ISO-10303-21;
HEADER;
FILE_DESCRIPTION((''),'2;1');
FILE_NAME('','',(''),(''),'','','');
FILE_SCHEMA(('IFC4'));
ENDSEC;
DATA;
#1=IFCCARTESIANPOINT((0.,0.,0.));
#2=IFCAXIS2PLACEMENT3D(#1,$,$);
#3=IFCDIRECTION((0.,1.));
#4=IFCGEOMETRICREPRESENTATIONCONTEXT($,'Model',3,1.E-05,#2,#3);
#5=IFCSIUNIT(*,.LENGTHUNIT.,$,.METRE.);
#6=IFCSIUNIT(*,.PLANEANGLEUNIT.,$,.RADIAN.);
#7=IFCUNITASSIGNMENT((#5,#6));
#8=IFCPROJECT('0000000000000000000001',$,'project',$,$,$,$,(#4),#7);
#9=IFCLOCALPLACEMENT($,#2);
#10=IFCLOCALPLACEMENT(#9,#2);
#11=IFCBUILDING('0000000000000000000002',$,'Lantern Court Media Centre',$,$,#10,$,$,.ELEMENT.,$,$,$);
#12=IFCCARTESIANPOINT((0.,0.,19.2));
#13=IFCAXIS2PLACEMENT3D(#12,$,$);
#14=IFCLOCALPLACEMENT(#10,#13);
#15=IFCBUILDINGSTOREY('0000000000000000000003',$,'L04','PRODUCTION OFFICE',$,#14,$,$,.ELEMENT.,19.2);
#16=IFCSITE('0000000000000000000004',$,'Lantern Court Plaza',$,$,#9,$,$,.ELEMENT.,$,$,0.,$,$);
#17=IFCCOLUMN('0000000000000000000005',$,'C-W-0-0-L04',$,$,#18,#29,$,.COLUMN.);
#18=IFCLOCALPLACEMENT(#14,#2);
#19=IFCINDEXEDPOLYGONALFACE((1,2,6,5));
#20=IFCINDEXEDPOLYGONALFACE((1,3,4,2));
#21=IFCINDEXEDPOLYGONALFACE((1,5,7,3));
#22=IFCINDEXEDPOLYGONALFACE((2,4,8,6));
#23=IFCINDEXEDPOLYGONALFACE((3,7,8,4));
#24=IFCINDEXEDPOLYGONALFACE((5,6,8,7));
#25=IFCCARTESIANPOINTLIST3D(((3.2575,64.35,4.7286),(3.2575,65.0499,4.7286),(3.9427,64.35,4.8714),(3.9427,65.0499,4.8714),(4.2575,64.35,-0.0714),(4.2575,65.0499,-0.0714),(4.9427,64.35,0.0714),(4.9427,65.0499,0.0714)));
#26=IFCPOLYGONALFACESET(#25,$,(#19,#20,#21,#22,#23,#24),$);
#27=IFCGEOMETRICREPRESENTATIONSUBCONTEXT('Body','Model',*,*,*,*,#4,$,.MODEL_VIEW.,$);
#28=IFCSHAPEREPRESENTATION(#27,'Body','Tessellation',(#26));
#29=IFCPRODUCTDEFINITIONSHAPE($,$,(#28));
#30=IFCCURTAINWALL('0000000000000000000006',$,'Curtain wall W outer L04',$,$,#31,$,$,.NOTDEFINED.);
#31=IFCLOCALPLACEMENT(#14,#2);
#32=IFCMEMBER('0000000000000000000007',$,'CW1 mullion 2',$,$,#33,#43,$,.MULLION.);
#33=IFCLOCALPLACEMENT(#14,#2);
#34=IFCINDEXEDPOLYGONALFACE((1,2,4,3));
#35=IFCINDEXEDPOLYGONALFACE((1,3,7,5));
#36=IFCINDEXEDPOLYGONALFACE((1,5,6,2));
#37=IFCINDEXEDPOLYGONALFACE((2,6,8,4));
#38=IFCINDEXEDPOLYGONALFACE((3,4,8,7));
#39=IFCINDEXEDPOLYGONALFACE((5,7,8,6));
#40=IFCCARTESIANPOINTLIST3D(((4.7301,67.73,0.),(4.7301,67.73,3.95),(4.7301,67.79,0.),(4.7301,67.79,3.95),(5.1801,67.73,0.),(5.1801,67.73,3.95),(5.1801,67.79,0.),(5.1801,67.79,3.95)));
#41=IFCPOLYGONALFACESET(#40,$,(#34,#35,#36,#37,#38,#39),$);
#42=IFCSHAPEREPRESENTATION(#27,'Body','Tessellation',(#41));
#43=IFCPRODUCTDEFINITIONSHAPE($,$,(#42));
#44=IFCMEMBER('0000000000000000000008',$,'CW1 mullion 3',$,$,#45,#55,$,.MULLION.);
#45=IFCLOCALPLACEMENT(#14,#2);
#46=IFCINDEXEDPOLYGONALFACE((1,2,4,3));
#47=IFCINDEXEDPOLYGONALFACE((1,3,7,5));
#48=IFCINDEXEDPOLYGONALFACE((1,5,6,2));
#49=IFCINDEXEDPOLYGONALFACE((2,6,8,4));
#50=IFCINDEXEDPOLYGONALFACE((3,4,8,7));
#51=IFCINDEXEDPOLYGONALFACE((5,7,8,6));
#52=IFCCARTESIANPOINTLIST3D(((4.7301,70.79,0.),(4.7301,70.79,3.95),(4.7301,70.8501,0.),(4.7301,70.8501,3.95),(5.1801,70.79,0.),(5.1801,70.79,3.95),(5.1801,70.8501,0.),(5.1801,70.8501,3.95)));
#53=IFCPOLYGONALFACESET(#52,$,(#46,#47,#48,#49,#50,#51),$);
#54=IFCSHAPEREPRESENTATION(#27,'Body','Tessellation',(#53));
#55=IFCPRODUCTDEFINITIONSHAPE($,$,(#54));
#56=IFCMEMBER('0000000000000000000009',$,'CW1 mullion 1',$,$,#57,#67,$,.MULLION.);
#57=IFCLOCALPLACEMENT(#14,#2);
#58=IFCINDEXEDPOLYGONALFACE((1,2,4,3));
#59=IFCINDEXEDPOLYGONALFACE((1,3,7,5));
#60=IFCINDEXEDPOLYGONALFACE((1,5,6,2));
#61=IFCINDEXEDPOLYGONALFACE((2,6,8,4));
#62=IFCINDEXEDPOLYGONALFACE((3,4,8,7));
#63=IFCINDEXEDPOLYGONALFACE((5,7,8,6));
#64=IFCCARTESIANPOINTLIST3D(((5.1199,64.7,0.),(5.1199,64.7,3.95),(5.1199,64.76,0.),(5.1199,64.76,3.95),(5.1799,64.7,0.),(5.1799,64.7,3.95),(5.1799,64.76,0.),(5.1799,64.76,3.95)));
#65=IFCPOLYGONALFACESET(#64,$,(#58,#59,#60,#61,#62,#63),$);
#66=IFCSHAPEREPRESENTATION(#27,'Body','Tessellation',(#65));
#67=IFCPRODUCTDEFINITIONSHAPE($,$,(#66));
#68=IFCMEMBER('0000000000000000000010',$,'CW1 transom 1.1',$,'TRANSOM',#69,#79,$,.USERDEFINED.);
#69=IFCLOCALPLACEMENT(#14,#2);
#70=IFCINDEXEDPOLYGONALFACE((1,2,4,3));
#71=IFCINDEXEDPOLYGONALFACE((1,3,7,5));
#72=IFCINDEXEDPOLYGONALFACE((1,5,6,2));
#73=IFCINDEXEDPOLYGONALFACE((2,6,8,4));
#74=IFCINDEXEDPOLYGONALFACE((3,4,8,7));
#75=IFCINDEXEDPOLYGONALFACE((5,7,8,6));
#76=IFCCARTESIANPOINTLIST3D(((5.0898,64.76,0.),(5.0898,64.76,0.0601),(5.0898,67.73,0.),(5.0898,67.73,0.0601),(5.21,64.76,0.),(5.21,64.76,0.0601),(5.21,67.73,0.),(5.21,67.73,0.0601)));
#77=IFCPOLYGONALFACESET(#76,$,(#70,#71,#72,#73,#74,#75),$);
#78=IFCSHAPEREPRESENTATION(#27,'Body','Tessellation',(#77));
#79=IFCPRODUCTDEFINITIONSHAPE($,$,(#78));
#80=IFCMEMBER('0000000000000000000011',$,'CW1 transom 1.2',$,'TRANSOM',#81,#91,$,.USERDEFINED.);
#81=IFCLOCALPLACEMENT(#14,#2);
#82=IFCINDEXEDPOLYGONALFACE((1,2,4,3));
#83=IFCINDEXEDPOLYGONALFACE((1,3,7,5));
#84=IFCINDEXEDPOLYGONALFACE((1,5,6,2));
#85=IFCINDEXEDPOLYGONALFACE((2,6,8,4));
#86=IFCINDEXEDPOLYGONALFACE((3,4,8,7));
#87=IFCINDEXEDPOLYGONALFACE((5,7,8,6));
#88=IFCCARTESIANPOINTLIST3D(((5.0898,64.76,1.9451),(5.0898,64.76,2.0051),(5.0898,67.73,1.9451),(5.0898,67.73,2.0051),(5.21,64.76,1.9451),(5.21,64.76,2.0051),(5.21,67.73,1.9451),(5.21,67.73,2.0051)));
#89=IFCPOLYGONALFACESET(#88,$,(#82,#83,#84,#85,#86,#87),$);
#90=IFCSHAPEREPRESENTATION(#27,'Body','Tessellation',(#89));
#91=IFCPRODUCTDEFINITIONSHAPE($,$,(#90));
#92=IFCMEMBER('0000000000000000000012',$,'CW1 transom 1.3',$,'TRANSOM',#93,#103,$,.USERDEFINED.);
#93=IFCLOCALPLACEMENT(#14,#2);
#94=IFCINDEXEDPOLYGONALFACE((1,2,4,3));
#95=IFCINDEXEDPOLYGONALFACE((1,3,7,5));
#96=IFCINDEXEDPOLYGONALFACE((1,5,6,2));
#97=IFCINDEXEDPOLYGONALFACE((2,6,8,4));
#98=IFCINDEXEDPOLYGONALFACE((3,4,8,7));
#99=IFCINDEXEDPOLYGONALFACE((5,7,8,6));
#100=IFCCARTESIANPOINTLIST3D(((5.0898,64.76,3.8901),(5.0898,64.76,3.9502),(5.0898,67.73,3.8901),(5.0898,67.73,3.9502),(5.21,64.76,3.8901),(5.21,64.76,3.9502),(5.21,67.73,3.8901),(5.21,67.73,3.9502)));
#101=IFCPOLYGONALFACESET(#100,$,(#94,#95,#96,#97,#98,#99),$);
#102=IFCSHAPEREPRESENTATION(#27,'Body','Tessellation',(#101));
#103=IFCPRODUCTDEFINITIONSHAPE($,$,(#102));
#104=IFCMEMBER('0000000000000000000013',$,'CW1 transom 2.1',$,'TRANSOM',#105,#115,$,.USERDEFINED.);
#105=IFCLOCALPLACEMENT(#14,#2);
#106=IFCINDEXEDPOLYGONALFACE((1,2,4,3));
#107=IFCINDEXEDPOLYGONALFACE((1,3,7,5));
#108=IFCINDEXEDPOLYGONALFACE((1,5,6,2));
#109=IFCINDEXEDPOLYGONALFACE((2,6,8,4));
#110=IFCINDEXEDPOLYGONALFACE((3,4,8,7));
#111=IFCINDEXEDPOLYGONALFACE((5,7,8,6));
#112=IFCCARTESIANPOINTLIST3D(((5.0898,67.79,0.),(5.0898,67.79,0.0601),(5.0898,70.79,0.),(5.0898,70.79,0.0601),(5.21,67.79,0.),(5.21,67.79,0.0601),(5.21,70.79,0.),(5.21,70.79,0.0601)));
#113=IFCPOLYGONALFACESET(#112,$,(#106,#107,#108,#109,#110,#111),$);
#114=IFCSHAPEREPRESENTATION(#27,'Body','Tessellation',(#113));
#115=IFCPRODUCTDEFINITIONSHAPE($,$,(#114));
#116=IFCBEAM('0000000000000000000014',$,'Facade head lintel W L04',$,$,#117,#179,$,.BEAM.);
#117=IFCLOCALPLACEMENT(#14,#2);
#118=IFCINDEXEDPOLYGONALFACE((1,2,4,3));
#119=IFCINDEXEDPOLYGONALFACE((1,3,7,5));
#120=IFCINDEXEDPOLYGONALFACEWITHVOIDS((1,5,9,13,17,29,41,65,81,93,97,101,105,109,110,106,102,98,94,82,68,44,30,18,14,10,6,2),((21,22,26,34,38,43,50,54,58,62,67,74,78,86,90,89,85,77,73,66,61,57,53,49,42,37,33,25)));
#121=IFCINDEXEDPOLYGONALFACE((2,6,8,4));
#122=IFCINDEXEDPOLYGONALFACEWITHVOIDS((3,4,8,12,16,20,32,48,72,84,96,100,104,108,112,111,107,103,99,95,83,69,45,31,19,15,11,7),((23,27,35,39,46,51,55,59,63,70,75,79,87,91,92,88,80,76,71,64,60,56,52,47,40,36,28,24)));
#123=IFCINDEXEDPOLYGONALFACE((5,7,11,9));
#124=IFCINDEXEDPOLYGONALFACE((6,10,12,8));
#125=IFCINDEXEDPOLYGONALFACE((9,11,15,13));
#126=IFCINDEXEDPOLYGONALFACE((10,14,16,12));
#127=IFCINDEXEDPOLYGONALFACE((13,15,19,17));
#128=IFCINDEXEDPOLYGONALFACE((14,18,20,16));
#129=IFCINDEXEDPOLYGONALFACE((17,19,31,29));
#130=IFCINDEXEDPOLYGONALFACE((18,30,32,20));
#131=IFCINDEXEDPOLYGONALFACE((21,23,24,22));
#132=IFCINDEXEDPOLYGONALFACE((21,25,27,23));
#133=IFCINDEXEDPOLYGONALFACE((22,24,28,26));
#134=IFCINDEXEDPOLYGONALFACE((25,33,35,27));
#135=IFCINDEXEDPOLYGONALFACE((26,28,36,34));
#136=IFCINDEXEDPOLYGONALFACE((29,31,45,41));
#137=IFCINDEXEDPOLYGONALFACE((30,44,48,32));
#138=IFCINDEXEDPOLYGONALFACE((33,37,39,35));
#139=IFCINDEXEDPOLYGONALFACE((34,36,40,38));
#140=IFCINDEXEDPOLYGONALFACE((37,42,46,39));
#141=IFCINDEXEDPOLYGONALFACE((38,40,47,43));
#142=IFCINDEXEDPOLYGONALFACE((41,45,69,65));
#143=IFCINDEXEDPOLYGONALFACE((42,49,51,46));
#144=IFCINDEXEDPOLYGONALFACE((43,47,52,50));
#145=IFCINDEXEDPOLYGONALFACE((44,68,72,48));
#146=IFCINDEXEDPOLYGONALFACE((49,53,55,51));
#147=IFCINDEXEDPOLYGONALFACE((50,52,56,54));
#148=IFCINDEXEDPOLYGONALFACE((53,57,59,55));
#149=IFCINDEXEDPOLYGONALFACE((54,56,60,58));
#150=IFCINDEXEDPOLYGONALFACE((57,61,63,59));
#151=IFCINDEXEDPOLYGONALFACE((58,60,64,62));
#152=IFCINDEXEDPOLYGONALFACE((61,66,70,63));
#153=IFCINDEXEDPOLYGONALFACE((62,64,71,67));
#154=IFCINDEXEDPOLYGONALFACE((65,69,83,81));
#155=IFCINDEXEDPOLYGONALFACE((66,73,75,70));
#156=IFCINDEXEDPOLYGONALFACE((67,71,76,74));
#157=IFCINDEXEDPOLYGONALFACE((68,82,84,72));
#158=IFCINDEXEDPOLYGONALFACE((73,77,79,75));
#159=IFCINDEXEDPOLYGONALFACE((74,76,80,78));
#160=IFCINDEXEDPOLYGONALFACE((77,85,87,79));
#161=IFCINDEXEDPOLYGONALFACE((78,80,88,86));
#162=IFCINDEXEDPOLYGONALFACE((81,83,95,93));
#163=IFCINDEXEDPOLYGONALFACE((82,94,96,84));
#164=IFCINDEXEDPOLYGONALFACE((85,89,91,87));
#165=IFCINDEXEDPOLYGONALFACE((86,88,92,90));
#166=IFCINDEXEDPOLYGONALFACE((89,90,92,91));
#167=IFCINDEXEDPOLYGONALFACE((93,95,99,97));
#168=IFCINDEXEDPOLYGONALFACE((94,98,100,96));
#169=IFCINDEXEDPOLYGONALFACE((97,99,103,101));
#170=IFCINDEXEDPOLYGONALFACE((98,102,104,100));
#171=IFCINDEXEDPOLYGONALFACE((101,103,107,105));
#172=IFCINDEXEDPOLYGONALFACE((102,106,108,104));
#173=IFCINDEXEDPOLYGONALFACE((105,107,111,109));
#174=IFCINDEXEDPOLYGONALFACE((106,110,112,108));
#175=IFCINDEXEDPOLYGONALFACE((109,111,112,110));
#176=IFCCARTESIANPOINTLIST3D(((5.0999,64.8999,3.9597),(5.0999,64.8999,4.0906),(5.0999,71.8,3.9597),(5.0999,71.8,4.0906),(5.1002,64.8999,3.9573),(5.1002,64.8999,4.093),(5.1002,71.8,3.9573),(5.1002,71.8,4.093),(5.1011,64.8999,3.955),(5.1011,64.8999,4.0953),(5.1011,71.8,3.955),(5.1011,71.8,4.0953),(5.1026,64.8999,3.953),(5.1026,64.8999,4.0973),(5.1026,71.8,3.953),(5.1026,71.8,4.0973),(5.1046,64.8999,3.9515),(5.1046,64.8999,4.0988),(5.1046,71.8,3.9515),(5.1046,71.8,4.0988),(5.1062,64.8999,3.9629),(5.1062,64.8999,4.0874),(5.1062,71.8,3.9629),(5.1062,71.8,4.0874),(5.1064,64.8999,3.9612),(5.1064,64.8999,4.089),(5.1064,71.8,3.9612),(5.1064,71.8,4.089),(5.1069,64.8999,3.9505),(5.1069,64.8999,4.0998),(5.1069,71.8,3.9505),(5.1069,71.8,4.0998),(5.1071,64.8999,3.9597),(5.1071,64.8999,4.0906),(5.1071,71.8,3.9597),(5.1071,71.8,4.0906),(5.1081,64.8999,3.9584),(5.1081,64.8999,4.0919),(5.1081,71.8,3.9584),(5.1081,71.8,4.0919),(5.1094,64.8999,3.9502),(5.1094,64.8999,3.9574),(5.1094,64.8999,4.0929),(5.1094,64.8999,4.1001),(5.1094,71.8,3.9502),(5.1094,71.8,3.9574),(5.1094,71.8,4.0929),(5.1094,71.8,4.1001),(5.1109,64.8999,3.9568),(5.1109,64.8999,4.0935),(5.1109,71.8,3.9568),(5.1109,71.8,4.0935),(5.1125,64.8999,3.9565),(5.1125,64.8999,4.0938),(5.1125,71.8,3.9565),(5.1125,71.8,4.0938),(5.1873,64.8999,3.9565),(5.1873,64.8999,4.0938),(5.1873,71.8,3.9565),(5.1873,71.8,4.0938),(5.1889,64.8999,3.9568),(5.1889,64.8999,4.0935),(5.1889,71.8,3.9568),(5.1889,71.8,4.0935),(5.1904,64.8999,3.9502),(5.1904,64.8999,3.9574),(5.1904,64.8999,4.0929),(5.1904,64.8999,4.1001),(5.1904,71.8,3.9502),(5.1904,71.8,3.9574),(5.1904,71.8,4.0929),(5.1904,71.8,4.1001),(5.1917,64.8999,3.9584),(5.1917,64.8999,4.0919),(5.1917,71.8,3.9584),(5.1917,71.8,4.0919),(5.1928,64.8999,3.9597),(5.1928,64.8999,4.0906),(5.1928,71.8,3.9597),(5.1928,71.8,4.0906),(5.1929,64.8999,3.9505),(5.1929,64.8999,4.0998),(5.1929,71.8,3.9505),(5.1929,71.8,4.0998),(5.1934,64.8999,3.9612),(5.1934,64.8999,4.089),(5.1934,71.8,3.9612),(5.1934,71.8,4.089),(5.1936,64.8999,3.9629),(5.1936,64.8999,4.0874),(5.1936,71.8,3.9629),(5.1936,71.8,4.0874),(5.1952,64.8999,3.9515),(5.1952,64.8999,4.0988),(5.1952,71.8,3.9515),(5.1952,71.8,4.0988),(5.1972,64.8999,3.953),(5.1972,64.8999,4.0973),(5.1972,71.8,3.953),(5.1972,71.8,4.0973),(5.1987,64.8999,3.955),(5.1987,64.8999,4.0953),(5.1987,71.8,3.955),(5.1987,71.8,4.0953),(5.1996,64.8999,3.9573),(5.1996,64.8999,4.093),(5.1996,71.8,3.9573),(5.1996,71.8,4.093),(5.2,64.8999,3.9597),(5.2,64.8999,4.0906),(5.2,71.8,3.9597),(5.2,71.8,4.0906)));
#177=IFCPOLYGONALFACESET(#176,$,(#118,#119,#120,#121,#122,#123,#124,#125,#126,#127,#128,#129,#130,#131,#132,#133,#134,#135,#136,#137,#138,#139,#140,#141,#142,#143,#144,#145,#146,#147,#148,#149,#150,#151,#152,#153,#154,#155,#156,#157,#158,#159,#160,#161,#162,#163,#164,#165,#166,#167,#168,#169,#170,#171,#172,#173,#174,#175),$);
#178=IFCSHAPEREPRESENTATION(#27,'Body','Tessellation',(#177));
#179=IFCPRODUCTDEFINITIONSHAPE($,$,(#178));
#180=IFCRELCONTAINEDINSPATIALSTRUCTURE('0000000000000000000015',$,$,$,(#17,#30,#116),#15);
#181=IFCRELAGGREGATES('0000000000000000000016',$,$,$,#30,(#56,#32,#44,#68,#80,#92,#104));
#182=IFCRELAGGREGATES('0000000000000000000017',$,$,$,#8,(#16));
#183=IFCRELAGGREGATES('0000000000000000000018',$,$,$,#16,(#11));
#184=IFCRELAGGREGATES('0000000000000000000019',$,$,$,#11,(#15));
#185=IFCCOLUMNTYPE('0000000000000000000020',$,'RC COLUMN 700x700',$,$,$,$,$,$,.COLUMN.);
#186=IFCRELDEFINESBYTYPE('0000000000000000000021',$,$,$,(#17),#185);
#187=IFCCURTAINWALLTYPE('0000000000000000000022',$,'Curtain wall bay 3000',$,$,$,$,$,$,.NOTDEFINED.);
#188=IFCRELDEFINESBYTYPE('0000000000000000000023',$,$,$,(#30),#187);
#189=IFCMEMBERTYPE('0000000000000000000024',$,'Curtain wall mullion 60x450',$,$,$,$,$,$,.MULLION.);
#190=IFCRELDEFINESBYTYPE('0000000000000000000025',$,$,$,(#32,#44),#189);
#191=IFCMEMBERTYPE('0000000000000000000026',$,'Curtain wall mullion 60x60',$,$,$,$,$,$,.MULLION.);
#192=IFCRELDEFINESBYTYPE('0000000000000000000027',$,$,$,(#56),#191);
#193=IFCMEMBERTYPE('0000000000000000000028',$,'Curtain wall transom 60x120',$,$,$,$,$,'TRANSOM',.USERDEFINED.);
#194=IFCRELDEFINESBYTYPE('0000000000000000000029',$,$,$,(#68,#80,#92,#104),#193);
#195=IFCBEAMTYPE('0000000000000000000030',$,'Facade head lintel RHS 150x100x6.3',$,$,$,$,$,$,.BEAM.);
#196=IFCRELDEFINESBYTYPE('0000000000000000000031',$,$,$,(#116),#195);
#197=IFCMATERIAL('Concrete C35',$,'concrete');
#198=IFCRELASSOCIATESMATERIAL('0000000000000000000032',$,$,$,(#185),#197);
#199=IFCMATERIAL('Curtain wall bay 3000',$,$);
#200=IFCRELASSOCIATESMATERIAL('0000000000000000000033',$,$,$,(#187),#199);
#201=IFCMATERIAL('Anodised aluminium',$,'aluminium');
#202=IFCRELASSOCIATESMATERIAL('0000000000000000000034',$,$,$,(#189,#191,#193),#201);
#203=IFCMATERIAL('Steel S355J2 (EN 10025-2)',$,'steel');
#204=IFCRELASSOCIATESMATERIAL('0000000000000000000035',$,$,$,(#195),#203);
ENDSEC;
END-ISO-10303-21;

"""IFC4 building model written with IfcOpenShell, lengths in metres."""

from ifc_helpers import new_model, si_unit, direction, frame, origin, origin_2d, place, context, subcontext, project, spatial, rectangle, hollow_rectangle, extrude, material, material_profile, profile_set, type_object, element, aggregate, save


model = new_model("IFC4")

# Units and contexts
model_context = context("Model", 3, precision=1e-05, world=origin(), true_north=direction((0.0, 1.0)))
body_context = subcontext(model_context, "Body", "Model", "MODEL_VIEW")
ifc_project = project(units=[si_unit("LENGTHUNIT", "METRE"), si_unit("PLANEANGLEUNIT", "RADIAN")], contexts=[model_context])

# Site, building, storey
site_placement = place(None, origin())
site = spatial("IfcSite", under=ifc_project, at=site_placement, Name="Lantern Court Plaza", CompositionType="ELEMENT", RefElevation=0.0)
building_placement = place(site_placement, origin())
building = spatial("IfcBuilding", under=site, at=building_placement, Name="Lantern Court Media Centre", CompositionType="ELEMENT")
storey_placement = place(building_placement, frame((0.0, 0.0, 19.2)))
storey = spatial("IfcBuildingStorey", under=building, at=storey_placement, Name="L04", Description="PRODUCTION OFFICE", CompositionType="ELEMENT", Elevation=19.2)

# Column
ifc_material_1 = material(Name="Concrete C35", Category="concrete")
ifc_material_profile_1 = material_profile(ifc_material_1, rectangle(XDim=0.7, YDim=0.7, at=origin_2d()), Name="RC 700x700")
ifc_profile_set_1 = profile_set([ifc_material_profile_1], Name="Concrete C35")
column_type = type_object("IfcColumnType", Name="RC COLUMN 700x700", PredefinedType="COLUMN", material=ifc_profile_set_1)
column_placement = place(storey_placement, frame((4.6001, 64.7, 0.0), z_axis=(-0.203952, 0.0, 0.978981), x_axis=(0.0, -1.0, 0.0)))
element("IfcColumn", 1, at=column_placement, inside=storey, type_object=column_type, Name="C-W-0-0-L04", PredefinedType="COLUMN", context=body_context, shape_type="SweptSolid", body=[
    extrude(rectangle(XDim=0.7, YDim=0.7, at=origin_2d()), origin(), (0.0, 0.0, 1.0), 4.9031),
])

# Curtain wall, members
ifc_material_2 = material(Name="Curtain wall bay 3000")
curtain_wall_type = type_object("IfcCurtainWallType", Name="Curtain wall bay 3000", PredefinedType="NOTDEFINED", material=ifc_material_2)
curtain_wall_placement = place(storey_placement, origin())
curtain_wall = element("IfcCurtainWall", 2, at=curtain_wall_placement, inside=storey, type_object=curtain_wall_type, Name="Curtain wall W outer L04", PredefinedType="NOTDEFINED")
ifc_material_3 = material(Name="Anodised aluminium", Category="aluminium")
ifc_material_profile_2 = material_profile(ifc_material_3, rectangle(XDim=0.45, YDim=0.0601, at=origin_2d()), Name="AL 60x450")
ifc_profile_set_2 = profile_set([ifc_material_profile_2], Name="Anodised aluminium")
member_type_1 = type_object("IfcMemberType", Name="Curtain wall mullion 60x450", PredefinedType="MULLION", material=ifc_profile_set_2)
member_1_placement = place(storey_placement, frame((4.9551, 67.76, 0.0), z_axis=(0.0, 0.0, 1.0), x_axis=(-1.0, 0.0, 0.0)))
member_1 = element("IfcMember", 3, at=member_1_placement, type_object=member_type_1, Name="CW1 mullion 2", PredefinedType="MULLION", context=body_context, shape_type="SweptSolid", body=[
    extrude(rectangle(XDim=0.45, YDim=0.0601, at=origin_2d()), origin(), (0.0, 0.0, 1.0), 3.95),
])
member_2_placement = place(storey_placement, frame((4.9551, 70.8201, 0.0), z_axis=(0.0, 0.0, 1.0), x_axis=(-1.0, 0.0, 0.0)))
member_2 = element("IfcMember", 4, at=member_2_placement, type_object=member_type_1, Name="CW1 mullion 3", PredefinedType="MULLION", context=body_context, shape_type="SweptSolid", body=[
    extrude(rectangle(XDim=0.45, YDim=0.0601, at=origin_2d()), origin(), (0.0, 0.0, 1.0), 3.95),
])
ifc_material_profile_3 = material_profile(ifc_material_3, rectangle(XDim=0.0601, YDim=0.0601, at=origin_2d()), Name="AL 60x60")
ifc_profile_set_3 = profile_set([ifc_material_profile_3], Name="Anodised aluminium")
member_type_2 = type_object("IfcMemberType", Name="Curtain wall mullion 60x60", PredefinedType="MULLION", material=ifc_profile_set_3)
member_3_placement = place(storey_placement, frame((5.1499, 64.73, 0.0), z_axis=(0.0, 0.0, 1.0), x_axis=(-1.0, 0.0, 0.0)))
member_3 = element("IfcMember", 5, at=member_3_placement, type_object=member_type_2, Name="CW1 mullion 1", PredefinedType="MULLION", context=body_context, shape_type="SweptSolid", body=[
    extrude(rectangle(XDim=0.0601, YDim=0.0601, at=origin_2d()), origin(), (0.0, 0.0, 1.0), 3.95),
])
ifc_material_profile_4 = material_profile(ifc_material_3, rectangle(XDim=0.1201, YDim=0.0601, at=origin_2d()), Name="AL 60x120")
ifc_profile_set_4 = profile_set([ifc_material_profile_4], Name="Anodised aluminium")
member_type_3 = type_object("IfcMemberType", Name="Curtain wall transom 60x120", ElementType="TRANSOM", PredefinedType="USERDEFINED", material=ifc_profile_set_4)
member_4_placement = place(storey_placement, frame((5.1499, 64.76, 0.03), z_axis=(0.0, 1.0, 0.0), x_axis=(-1.0, 0.0, 0.0)))
member_4 = element("IfcMember", 6, at=member_4_placement, type_object=member_type_3, Name="CW1 transom 1.1", ObjectType="TRANSOM", PredefinedType="USERDEFINED", context=body_context, shape_type="SweptSolid", body=[
    extrude(rectangle(XDim=0.1201, YDim=0.0601, at=origin_2d()), origin(), (0.0, 0.0, 1.0), 2.97),
])
member_5_placement = place(storey_placement, frame((5.1499, 64.76, 1.9751), z_axis=(0.0, 1.0, 0.0), x_axis=(-1.0, 0.0, 0.0)))
member_5 = element("IfcMember", 7, at=member_5_placement, type_object=member_type_3, Name="CW1 transom 1.2", ObjectType="TRANSOM", PredefinedType="USERDEFINED", context=body_context, shape_type="SweptSolid", body=[
    extrude(rectangle(XDim=0.1201, YDim=0.0601, at=origin_2d()), origin(), (0.0, 0.0, 1.0), 2.97),
])
member_6_placement = place(storey_placement, frame((5.1499, 64.76, 3.9202), z_axis=(0.0, 1.0, 0.0), x_axis=(-1.0, 0.0, 0.0)))
member_6 = element("IfcMember", 8, at=member_6_placement, type_object=member_type_3, Name="CW1 transom 1.3", ObjectType="TRANSOM", PredefinedType="USERDEFINED", context=body_context, shape_type="SweptSolid", body=[
    extrude(rectangle(XDim=0.1201, YDim=0.0601, at=origin_2d()), origin(), (0.0, 0.0, 1.0), 2.97),
])
member_7_placement = place(storey_placement, frame((5.1499, 67.79, 0.03), z_axis=(0.0, 1.0, 0.0), x_axis=(-1.0, 0.0, 0.0)))
member_7 = element("IfcMember", 9, at=member_7_placement, type_object=member_type_3, Name="CW1 transom 2.1", ObjectType="TRANSOM", PredefinedType="USERDEFINED", context=body_context, shape_type="SweptSolid", body=[
    extrude(rectangle(XDim=0.1201, YDim=0.0601, at=origin_2d()), origin(), (0.0, 0.0, 1.0), 3.0),
])

# Beam
ifc_material_4 = material(Name="Steel S355J2 (EN 10025-2)", Category="steel")
ifc_material_profile_5 = material_profile(ifc_material_4, hollow_rectangle(XDim=0.1001, YDim=0.1499, WallThickness=0.0063, InnerFilletRadius=0.0063, OuterFilletRadius=0.0095, at=origin_2d()), Name="Facade head lintel RHS 150x100x6.3")
ifc_profile_set_5 = profile_set([ifc_material_profile_5], Name="Steel S355J2 (EN 10025-2)")
beam_type_1 = type_object("IfcBeamType", Name="Facade head lintel RHS 150x100x6.3", PredefinedType="BEAM", material=ifc_profile_set_5)
beam_1_placement = place(storey_placement, frame((5.1499, 64.8999, 4.0251), z_axis=(0.0, 1.0, 0.0), x_axis=(-1.0, 0.0, 0.0)))
element("IfcBeam", 10, at=beam_1_placement, inside=storey, type_object=beam_type_1, Name="Facade head lintel W L04", PredefinedType="BEAM", context=body_context, shape_type="SweptSolid", body=[
    extrude(hollow_rectangle(XDim=0.1001, YDim=0.1499, WallThickness=0.0063, InnerFilletRadius=0.0063, OuterFilletRadius=0.0095, at=origin_2d()), origin(), (0.0, 0.0, 1.0), 6.9001),
])

aggregate(curtain_wall, [member_3, member_1, member_2, member_4, member_5, member_6, member_7])

save(model, "model.ifc")
